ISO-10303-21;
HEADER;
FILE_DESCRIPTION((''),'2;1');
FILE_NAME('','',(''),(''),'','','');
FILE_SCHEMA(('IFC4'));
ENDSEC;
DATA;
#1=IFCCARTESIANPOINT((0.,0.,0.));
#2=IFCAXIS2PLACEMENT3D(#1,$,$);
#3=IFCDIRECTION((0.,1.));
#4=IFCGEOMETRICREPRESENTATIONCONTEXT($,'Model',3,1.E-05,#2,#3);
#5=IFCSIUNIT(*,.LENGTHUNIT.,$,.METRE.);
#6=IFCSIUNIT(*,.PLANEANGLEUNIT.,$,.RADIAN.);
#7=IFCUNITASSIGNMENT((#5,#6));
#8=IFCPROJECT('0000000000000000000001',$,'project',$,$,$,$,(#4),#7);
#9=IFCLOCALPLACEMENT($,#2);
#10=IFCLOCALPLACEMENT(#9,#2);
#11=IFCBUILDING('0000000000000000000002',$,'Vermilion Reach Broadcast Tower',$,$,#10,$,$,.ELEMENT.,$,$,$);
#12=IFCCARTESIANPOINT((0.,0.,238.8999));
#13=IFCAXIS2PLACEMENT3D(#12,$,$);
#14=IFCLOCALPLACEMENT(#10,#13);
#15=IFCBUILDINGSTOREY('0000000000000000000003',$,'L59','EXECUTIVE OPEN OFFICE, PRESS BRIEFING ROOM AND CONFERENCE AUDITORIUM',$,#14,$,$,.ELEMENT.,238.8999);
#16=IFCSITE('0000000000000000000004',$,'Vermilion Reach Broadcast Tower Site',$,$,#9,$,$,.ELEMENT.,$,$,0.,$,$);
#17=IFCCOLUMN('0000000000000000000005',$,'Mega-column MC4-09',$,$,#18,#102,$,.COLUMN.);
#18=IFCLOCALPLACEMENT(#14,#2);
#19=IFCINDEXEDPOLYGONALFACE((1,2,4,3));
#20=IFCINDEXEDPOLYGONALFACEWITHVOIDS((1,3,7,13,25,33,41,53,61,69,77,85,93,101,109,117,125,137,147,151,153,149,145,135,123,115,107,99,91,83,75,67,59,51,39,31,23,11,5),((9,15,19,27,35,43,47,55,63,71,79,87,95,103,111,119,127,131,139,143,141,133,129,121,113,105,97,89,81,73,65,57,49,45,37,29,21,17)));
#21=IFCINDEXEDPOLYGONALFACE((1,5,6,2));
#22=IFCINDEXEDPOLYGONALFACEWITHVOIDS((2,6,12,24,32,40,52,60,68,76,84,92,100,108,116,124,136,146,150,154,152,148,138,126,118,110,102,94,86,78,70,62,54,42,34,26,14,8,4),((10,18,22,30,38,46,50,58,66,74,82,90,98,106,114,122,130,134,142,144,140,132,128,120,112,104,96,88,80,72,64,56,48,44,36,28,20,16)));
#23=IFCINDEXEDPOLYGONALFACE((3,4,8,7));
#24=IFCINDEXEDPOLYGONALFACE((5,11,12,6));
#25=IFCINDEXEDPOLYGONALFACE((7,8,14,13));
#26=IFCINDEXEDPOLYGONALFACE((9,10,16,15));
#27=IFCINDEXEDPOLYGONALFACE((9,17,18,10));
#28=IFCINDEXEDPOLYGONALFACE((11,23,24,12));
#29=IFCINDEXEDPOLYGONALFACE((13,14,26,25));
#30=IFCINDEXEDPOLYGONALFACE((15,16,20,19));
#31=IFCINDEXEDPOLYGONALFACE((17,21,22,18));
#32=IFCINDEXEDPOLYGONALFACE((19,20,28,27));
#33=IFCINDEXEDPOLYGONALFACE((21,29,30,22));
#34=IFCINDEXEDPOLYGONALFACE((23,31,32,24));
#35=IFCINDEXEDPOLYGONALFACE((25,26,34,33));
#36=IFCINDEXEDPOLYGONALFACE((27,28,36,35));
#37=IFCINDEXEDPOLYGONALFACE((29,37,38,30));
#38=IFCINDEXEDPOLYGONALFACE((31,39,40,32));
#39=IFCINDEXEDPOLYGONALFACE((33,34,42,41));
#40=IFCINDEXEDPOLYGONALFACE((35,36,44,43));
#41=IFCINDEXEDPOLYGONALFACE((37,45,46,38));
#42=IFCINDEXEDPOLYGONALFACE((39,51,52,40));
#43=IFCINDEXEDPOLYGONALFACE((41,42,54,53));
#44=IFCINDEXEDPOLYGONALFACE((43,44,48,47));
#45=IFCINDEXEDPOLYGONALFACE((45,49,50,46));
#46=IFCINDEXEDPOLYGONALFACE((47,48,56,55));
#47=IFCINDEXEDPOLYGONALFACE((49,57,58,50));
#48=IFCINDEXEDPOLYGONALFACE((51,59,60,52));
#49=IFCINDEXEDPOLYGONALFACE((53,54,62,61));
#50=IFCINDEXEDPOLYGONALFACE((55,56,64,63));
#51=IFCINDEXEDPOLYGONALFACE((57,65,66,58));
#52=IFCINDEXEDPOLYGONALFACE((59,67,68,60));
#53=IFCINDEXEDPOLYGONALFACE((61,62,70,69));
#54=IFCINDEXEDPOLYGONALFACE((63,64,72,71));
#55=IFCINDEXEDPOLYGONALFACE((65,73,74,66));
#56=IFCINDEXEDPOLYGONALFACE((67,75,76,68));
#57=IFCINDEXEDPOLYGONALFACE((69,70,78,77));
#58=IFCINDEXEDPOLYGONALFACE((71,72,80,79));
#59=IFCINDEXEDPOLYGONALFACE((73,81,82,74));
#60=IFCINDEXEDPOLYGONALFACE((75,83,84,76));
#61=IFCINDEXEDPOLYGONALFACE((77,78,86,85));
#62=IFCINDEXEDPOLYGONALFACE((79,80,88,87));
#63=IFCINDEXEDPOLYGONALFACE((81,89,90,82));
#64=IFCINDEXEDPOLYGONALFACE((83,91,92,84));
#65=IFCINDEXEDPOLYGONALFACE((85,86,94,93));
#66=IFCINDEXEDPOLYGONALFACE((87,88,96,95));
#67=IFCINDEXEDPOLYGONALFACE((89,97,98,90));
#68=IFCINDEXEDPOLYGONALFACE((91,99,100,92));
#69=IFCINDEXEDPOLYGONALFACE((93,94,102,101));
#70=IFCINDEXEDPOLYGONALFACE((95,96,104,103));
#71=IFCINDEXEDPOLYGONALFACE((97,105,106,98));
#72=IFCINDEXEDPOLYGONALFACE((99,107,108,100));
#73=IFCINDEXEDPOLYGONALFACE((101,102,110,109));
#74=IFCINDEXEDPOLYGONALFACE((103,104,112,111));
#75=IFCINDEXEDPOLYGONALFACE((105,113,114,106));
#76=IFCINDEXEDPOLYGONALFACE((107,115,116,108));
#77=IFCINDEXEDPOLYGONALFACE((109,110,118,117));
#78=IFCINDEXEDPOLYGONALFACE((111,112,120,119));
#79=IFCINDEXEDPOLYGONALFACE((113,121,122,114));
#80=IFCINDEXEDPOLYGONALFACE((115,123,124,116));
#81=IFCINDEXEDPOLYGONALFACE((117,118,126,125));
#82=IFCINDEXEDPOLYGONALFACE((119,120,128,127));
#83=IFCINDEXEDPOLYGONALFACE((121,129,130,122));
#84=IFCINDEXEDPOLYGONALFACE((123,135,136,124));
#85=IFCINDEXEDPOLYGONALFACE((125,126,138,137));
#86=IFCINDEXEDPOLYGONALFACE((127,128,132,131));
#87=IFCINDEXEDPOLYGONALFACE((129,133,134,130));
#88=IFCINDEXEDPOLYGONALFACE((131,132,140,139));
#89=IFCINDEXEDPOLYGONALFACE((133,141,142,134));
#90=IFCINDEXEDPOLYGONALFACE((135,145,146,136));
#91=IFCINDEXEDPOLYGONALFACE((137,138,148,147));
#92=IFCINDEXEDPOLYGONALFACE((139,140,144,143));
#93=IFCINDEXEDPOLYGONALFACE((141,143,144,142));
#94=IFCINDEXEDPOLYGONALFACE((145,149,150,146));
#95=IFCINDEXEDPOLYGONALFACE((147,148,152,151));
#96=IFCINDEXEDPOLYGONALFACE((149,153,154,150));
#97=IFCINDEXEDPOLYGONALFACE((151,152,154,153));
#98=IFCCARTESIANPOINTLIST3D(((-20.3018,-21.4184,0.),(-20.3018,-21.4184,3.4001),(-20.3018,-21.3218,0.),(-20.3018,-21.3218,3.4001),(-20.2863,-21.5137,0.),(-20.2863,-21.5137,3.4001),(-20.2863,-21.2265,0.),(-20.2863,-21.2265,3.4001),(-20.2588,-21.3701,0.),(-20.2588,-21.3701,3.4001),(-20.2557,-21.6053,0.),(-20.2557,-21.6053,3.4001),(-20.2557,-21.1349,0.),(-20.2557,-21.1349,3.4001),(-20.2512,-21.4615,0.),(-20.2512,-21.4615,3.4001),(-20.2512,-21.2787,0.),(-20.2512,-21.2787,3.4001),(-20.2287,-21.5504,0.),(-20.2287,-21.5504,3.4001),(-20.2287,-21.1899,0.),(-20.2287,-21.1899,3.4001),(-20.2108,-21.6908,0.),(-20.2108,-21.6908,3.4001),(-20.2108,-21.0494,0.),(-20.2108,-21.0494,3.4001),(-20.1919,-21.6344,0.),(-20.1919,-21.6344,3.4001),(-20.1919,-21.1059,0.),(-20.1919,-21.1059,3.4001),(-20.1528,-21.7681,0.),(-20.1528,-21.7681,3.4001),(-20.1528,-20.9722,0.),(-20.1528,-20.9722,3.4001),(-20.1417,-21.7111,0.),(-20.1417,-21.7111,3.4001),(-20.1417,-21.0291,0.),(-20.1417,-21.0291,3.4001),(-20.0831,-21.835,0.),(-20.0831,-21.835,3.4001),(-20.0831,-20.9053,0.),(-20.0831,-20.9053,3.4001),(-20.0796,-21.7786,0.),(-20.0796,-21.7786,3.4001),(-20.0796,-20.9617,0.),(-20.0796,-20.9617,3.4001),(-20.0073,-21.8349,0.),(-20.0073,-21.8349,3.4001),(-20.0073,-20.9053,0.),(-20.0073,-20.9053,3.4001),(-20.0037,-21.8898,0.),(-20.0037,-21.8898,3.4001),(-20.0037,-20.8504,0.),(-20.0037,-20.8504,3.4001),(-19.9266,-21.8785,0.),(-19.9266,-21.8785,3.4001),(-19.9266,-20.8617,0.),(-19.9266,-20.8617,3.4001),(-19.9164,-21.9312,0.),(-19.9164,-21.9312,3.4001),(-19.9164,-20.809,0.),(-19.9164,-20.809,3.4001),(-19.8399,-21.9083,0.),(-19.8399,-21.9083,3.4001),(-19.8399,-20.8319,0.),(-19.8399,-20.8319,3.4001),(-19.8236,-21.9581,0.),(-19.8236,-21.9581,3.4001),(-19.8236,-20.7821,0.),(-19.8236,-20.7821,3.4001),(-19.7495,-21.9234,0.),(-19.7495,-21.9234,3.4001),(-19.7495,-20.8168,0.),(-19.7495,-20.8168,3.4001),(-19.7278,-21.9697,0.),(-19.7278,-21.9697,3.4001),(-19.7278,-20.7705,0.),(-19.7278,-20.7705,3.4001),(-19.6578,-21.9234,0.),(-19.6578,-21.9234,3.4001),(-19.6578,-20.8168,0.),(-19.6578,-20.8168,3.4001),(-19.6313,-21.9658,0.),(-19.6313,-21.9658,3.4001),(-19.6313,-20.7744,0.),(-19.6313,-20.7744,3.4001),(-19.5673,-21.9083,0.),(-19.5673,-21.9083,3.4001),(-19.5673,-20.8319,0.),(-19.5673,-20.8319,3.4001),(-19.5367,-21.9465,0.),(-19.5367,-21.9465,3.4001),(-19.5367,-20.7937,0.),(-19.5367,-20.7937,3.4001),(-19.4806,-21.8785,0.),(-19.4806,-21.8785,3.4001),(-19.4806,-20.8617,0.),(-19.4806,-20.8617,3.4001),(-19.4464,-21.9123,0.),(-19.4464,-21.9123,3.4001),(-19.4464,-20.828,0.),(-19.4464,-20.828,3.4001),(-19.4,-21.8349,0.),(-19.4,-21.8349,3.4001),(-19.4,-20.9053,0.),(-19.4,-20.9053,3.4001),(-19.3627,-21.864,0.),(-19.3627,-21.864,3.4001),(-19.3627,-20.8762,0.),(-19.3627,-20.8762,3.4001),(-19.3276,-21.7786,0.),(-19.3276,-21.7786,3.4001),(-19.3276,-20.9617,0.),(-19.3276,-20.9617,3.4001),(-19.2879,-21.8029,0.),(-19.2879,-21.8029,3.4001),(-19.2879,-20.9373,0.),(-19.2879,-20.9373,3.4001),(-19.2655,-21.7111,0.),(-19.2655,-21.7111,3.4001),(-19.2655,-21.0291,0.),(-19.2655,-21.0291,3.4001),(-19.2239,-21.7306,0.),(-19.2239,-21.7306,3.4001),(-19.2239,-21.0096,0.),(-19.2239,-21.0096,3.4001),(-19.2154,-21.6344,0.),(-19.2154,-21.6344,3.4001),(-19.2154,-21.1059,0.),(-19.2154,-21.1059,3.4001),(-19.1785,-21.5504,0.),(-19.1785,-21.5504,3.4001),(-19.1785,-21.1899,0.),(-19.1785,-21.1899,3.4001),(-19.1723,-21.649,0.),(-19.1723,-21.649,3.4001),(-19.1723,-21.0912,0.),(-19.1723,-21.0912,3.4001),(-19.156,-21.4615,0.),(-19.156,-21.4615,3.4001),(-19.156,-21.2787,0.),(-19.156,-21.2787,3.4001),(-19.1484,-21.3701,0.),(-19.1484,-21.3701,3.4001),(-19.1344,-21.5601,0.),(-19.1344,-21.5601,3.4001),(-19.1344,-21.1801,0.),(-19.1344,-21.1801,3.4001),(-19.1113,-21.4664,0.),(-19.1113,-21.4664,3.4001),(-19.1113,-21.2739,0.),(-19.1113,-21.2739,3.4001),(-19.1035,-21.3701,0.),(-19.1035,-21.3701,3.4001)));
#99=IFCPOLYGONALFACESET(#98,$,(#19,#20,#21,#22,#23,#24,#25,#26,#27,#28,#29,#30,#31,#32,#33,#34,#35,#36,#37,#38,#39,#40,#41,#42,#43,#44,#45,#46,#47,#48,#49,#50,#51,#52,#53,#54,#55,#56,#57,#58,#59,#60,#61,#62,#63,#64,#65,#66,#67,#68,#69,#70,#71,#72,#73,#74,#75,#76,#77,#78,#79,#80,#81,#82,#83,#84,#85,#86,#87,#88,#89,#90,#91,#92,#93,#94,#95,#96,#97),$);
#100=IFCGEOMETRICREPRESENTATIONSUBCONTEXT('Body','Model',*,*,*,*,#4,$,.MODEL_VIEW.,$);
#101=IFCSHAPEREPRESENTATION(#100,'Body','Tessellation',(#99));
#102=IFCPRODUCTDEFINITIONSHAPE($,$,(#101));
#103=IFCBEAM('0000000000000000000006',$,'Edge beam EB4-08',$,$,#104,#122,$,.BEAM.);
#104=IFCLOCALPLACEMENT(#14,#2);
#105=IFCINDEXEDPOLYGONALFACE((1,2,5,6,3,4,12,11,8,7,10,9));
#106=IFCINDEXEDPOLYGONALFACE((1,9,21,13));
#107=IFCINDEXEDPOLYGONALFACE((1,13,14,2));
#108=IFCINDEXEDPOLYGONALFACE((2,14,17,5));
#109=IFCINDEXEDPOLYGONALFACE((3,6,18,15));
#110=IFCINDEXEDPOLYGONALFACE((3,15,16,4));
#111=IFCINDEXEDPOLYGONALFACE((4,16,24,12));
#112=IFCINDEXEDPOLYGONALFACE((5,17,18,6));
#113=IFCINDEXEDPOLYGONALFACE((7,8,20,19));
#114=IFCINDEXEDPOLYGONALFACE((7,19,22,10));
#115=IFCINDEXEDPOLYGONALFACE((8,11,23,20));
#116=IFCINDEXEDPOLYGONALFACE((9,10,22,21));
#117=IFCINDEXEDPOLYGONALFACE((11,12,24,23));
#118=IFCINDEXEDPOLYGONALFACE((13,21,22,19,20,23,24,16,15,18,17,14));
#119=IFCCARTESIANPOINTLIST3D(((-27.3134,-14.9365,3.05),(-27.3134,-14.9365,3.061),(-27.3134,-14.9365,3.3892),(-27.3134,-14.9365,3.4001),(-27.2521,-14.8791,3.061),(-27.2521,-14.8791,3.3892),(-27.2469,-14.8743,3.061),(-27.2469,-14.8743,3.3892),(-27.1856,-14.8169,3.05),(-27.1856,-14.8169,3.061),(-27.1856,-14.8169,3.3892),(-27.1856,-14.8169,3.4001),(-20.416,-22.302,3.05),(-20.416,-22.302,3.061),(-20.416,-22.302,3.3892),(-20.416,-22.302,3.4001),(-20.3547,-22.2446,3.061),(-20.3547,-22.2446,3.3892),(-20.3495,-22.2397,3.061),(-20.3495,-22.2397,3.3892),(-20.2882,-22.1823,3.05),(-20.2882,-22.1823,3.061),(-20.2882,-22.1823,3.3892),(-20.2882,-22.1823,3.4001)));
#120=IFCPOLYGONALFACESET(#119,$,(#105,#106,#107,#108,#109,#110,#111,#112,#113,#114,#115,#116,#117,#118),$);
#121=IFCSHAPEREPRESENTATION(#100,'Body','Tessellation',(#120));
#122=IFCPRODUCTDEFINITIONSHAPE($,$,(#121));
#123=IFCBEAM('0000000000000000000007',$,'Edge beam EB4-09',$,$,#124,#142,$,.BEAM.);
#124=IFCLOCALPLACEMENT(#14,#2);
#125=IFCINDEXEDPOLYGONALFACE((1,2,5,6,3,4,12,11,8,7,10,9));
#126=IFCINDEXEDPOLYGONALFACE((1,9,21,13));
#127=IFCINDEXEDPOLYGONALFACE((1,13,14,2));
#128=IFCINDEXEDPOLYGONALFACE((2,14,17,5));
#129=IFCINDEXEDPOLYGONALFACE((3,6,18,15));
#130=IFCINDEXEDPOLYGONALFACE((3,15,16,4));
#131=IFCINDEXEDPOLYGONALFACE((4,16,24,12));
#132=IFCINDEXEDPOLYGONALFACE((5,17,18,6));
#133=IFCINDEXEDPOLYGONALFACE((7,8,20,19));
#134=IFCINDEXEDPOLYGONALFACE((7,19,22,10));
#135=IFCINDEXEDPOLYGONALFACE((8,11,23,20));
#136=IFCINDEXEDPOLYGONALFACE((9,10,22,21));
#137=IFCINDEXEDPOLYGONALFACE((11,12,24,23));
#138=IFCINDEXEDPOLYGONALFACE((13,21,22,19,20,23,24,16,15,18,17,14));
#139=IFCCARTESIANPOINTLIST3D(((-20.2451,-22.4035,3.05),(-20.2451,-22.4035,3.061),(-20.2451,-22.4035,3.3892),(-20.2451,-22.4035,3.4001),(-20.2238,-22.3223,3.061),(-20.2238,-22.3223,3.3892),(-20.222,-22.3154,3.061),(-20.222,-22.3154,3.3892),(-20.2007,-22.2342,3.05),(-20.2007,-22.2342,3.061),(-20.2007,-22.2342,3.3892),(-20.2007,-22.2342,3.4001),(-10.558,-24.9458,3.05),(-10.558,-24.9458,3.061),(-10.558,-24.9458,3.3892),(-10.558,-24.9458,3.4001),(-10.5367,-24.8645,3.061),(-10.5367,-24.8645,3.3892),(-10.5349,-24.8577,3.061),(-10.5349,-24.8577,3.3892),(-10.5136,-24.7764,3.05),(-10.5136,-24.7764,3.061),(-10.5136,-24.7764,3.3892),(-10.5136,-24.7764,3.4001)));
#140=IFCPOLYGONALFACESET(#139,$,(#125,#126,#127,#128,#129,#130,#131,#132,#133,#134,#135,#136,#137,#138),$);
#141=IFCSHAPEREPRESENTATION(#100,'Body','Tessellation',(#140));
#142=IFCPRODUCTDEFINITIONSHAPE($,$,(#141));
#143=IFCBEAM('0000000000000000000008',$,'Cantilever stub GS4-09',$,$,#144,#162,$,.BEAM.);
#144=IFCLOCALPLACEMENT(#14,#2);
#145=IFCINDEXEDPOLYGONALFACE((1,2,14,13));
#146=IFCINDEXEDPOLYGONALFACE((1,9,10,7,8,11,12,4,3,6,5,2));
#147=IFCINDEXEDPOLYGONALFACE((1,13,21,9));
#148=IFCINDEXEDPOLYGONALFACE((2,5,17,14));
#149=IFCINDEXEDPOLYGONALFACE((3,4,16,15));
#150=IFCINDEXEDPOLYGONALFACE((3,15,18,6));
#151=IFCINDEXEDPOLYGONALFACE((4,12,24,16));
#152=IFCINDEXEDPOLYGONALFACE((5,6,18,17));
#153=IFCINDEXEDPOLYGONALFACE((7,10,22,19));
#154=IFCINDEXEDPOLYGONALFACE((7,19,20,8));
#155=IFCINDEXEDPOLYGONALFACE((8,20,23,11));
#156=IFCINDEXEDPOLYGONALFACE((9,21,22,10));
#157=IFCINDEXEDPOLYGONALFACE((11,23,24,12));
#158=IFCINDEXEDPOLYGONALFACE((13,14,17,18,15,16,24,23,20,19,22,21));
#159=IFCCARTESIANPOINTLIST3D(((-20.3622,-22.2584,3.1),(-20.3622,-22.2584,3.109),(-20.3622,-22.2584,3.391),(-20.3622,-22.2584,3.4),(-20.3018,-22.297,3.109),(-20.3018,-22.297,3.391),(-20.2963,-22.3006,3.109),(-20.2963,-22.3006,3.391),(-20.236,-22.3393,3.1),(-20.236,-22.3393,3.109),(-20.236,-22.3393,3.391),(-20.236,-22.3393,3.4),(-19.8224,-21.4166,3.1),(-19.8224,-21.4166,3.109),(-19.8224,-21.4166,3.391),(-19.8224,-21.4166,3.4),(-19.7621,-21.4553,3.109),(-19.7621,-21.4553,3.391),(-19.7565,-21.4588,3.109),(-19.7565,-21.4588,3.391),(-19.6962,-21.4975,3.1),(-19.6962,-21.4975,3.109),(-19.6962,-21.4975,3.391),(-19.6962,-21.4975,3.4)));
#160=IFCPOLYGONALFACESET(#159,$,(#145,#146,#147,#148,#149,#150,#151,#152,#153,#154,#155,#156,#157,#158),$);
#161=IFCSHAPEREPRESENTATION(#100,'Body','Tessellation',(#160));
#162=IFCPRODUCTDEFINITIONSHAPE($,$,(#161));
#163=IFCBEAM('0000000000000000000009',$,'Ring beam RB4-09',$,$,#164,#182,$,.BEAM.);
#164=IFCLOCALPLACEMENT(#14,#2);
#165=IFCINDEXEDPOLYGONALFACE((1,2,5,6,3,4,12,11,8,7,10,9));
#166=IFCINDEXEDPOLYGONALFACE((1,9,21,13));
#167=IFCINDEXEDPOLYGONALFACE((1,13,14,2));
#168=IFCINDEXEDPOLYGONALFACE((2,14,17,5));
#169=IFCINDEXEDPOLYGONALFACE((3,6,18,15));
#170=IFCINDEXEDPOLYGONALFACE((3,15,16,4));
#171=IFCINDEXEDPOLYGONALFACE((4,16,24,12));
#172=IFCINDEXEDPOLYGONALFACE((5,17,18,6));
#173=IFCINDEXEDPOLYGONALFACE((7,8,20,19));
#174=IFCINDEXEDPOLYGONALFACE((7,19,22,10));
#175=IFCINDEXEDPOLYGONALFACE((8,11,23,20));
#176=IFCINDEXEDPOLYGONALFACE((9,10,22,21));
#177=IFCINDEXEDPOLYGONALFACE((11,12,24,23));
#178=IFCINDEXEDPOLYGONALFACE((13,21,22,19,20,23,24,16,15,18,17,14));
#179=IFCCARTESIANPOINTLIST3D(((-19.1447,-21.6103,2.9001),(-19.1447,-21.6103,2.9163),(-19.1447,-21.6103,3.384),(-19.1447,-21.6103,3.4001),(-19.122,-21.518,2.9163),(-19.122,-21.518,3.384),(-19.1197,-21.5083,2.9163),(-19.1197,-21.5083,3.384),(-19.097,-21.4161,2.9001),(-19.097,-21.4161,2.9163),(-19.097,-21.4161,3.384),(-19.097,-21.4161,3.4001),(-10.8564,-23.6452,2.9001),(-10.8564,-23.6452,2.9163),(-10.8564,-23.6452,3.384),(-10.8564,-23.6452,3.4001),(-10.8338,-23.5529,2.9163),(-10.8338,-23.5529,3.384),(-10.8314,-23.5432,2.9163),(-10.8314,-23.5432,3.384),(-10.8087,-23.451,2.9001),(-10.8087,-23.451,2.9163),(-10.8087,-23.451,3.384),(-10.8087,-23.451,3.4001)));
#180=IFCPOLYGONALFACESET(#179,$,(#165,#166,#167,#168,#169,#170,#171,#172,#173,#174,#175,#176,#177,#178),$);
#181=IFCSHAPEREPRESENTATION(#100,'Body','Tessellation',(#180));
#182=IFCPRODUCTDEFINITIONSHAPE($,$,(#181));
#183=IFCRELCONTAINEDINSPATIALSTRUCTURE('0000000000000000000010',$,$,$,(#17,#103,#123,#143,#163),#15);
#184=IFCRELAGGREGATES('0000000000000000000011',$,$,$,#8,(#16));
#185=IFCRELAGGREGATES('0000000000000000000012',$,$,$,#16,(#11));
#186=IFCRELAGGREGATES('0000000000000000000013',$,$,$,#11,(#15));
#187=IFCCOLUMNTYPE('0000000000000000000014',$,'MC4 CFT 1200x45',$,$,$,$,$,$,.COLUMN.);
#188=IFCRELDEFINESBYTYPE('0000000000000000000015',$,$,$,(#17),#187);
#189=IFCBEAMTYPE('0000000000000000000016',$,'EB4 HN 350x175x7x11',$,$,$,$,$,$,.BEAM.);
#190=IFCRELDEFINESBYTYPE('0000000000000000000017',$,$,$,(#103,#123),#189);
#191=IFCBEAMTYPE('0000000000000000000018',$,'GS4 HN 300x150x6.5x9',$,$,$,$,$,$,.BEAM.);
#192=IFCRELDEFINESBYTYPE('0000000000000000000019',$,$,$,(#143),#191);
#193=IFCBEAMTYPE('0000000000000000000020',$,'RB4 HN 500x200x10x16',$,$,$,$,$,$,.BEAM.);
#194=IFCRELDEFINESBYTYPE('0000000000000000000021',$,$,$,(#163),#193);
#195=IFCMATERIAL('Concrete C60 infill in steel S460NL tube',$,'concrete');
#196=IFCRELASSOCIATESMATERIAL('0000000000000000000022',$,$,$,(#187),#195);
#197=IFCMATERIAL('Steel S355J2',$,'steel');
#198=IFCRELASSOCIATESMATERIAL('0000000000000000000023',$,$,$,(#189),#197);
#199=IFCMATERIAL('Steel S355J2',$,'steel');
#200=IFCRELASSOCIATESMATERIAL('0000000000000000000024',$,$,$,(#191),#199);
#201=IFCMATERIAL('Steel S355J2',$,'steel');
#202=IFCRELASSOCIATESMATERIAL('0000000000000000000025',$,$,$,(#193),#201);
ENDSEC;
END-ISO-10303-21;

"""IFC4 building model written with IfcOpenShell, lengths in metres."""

from ifc_helpers import new_model, si_unit, direction, frame, origin, origin_2d, place, context, subcontext, project, spatial, hollow_circle, i_section, extrude, material, material_profile, profile_set, type_object, element, save


model = new_model("IFC4")

# Units and contexts
model_context = context("Model", 3, precision=1e-05, world=origin(), true_north=direction((0.0, 1.0)))
body_context = subcontext(model_context, "Body", "Model", "MODEL_VIEW")
ifc_project = project(units=[si_unit("LENGTHUNIT", "METRE"), si_unit("PLANEANGLEUNIT", "RADIAN")], contexts=[model_context])

# Site, building, storey
site_placement = place(None, origin())
site = spatial("IfcSite", under=ifc_project, at=site_placement, Name="Vermilion Reach Broadcast Tower Site", CompositionType="ELEMENT", RefElevation=0.0)
building_placement = place(site_placement, origin())
building = spatial("IfcBuilding", under=site, at=building_placement, Name="Vermilion Reach Broadcast Tower", CompositionType="ELEMENT")
storey_placement = place(building_placement, frame((0.0, 0.0, 238.8999)))
storey = spatial("IfcBuildingStorey", under=building, at=storey_placement, Name="L59", Description="EXECUTIVE OPEN OFFICE, PRESS BRIEFING ROOM AND CONFERENCE AUDITORIUM", CompositionType="ELEMENT", Elevation=238.8999)

# Column
ifc_material_1 = material(Name="Concrete C60 infill in steel S460NL tube", Category="concrete")
ifc_material_profile_1 = material_profile(ifc_material_1, hollow_circle(Radius=0.6001, WallThickness=0.0449, at=origin_2d()), Name="Concrete C60 infill in steel S460NL tube CFT 1200x45")
ifc_profile_set_1 = profile_set([ifc_material_profile_1], Name="Concrete C60 infill in steel S460NL tube")
column_type = type_object("IfcColumnType", Name="MC4 CFT 1200x45", PredefinedType="COLUMN", material=ifc_profile_set_1)
column_placement = place(storey_placement, frame((-19.7036, -21.3701, 0.0), z_axis=(0.0, 0.0, 1.0), x_axis=(1.0, 0.0, 0.0)))
element("IfcColumn", 1, at=column_placement, inside=storey, type_object=column_type, Name="Mega-column MC4-09", PredefinedType="COLUMN", context=body_context, shape_type="SweptSolid", body=[
    extrude(hollow_circle(Radius=0.6001, WallThickness=0.0449, at=origin_2d()), origin(), (0.0, 0.0, 1.0), 3.4001),
])

# Beams
ifc_material_2 = material(Name="Steel S355J2", Category="steel")
ifc_material_profile_2 = material_profile(ifc_material_2, i_section(OverallWidth=0.175, OverallDepth=0.3501, WebThickness=0.0071, FlangeThickness=0.011, at=origin_2d()), Name="S355J2 HN 350x175x7x11")
ifc_profile_set_2 = profile_set([ifc_material_profile_2], Name="Steel S355J2")
beam_type_1 = type_object("IfcBeamType", Name="EB4 HN 350x175x7x11", PredefinedType="BEAM", material=ifc_profile_set_2)
beam_1_placement = place(storey_placement, frame((-27.2495, -14.8767, 3.2251), z_axis=(0.683536, -0.729917, 0.0), x_axis=(0.729917, 0.683536, 0.0)))
element("IfcBeam", 2, at=beam_1_placement, inside=storey, type_object=beam_type_1, Name="Edge beam EB4-08", PredefinedType="BEAM", context=body_context, shape_type="SweptSolid", body=[
    extrude(i_section(OverallWidth=0.175, OverallDepth=0.3501, WebThickness=0.0071, FlangeThickness=0.011, at=origin_2d()), origin(), (0.0, 0.0, 1.0), 10.0908),
])
beam_2_placement = place(storey_placement, frame((-20.2229, -22.3188, 3.2251), z_axis=(0.967246, -0.253842, 0.0), x_axis=(0.253842, 0.967246, 0.0)))
element("IfcBeam", 3, at=beam_2_placement, inside=storey, type_object=beam_type_1, Name="Edge beam EB4-09", PredefinedType="BEAM", context=body_context, shape_type="SweptSolid", body=[
    extrude(i_section(OverallWidth=0.175, OverallDepth=0.3501, WebThickness=0.0071, FlangeThickness=0.011, at=origin_2d()), origin(), (0.0, 0.0, 1.0), 10.0151),
])
ifc_material_3 = material(Name="Steel S355J2", Category="steel")
ifc_material_profile_3 = material_profile(ifc_material_3, i_section(OverallWidth=0.1499, OverallDepth=0.3, WebThickness=0.0066, FlangeThickness=0.009, at=origin_2d()), Name="S355J2 HN 300x150x6.5x9")
ifc_profile_set_3 = profile_set([ifc_material_profile_3], Name="Steel S355J2")
beam_type_2 = type_object("IfcBeamType", Name="GS4 HN 300x150x6.5x9", PredefinedType="BEAM", material=ifc_profile_set_3)
beam_3_placement = place(storey_placement, frame((-19.7593, -21.457, 3.25), z_axis=(-0.539795, -0.841797, 0.0), x_axis=(0.841797, -0.539795, 0.0)))
element("IfcBeam", 4, at=beam_3_placement, inside=storey, type_object=beam_type_2, Name="Cantilever stub GS4-09", PredefinedType="BEAM", context=body_context, shape_type="SweptSolid", body=[
    extrude(i_section(OverallWidth=0.1499, OverallDepth=0.3, WebThickness=0.0066, FlangeThickness=0.009, at=origin_2d()), origin(), (0.0, 0.0, 1.0), 1.0),
])
ifc_material_4 = material(Name="Steel S355J2", Category="steel")
ifc_material_profile_4 = material_profile(ifc_material_4, i_section(OverallWidth=0.2, OverallDepth=0.5, WebThickness=0.01, FlangeThickness=0.0161, at=origin_2d()), Name="S355J2 HN 500x200x10x16")
ifc_profile_set_4 = profile_set([ifc_material_profile_4], Name="Steel S355J2")
beam_type_3 = type_object("IfcBeamType", Name="RB4 HN 500x200x10x16", PredefinedType="BEAM", material=ifc_profile_set_4)
beam_4_placement = place(storey_placement, frame((-19.1208, -21.5132, 3.1501), z_axis=(0.971159, -0.238434, 0.0), x_axis=(0.238434, 0.971159, 0.0)))
element("IfcBeam", 5, at=beam_4_placement, inside=storey, type_object=beam_type_3, Name="Ring beam RB4-09", PredefinedType="BEAM", context=body_context, shape_type="SweptSolid", body=[
    extrude(i_section(OverallWidth=0.2, OverallDepth=0.5, WebThickness=0.01, FlangeThickness=0.0161, at=origin_2d()), origin(), (0.0, 0.0, 1.0), 8.5344),
])

save(model, "model.ifc")
